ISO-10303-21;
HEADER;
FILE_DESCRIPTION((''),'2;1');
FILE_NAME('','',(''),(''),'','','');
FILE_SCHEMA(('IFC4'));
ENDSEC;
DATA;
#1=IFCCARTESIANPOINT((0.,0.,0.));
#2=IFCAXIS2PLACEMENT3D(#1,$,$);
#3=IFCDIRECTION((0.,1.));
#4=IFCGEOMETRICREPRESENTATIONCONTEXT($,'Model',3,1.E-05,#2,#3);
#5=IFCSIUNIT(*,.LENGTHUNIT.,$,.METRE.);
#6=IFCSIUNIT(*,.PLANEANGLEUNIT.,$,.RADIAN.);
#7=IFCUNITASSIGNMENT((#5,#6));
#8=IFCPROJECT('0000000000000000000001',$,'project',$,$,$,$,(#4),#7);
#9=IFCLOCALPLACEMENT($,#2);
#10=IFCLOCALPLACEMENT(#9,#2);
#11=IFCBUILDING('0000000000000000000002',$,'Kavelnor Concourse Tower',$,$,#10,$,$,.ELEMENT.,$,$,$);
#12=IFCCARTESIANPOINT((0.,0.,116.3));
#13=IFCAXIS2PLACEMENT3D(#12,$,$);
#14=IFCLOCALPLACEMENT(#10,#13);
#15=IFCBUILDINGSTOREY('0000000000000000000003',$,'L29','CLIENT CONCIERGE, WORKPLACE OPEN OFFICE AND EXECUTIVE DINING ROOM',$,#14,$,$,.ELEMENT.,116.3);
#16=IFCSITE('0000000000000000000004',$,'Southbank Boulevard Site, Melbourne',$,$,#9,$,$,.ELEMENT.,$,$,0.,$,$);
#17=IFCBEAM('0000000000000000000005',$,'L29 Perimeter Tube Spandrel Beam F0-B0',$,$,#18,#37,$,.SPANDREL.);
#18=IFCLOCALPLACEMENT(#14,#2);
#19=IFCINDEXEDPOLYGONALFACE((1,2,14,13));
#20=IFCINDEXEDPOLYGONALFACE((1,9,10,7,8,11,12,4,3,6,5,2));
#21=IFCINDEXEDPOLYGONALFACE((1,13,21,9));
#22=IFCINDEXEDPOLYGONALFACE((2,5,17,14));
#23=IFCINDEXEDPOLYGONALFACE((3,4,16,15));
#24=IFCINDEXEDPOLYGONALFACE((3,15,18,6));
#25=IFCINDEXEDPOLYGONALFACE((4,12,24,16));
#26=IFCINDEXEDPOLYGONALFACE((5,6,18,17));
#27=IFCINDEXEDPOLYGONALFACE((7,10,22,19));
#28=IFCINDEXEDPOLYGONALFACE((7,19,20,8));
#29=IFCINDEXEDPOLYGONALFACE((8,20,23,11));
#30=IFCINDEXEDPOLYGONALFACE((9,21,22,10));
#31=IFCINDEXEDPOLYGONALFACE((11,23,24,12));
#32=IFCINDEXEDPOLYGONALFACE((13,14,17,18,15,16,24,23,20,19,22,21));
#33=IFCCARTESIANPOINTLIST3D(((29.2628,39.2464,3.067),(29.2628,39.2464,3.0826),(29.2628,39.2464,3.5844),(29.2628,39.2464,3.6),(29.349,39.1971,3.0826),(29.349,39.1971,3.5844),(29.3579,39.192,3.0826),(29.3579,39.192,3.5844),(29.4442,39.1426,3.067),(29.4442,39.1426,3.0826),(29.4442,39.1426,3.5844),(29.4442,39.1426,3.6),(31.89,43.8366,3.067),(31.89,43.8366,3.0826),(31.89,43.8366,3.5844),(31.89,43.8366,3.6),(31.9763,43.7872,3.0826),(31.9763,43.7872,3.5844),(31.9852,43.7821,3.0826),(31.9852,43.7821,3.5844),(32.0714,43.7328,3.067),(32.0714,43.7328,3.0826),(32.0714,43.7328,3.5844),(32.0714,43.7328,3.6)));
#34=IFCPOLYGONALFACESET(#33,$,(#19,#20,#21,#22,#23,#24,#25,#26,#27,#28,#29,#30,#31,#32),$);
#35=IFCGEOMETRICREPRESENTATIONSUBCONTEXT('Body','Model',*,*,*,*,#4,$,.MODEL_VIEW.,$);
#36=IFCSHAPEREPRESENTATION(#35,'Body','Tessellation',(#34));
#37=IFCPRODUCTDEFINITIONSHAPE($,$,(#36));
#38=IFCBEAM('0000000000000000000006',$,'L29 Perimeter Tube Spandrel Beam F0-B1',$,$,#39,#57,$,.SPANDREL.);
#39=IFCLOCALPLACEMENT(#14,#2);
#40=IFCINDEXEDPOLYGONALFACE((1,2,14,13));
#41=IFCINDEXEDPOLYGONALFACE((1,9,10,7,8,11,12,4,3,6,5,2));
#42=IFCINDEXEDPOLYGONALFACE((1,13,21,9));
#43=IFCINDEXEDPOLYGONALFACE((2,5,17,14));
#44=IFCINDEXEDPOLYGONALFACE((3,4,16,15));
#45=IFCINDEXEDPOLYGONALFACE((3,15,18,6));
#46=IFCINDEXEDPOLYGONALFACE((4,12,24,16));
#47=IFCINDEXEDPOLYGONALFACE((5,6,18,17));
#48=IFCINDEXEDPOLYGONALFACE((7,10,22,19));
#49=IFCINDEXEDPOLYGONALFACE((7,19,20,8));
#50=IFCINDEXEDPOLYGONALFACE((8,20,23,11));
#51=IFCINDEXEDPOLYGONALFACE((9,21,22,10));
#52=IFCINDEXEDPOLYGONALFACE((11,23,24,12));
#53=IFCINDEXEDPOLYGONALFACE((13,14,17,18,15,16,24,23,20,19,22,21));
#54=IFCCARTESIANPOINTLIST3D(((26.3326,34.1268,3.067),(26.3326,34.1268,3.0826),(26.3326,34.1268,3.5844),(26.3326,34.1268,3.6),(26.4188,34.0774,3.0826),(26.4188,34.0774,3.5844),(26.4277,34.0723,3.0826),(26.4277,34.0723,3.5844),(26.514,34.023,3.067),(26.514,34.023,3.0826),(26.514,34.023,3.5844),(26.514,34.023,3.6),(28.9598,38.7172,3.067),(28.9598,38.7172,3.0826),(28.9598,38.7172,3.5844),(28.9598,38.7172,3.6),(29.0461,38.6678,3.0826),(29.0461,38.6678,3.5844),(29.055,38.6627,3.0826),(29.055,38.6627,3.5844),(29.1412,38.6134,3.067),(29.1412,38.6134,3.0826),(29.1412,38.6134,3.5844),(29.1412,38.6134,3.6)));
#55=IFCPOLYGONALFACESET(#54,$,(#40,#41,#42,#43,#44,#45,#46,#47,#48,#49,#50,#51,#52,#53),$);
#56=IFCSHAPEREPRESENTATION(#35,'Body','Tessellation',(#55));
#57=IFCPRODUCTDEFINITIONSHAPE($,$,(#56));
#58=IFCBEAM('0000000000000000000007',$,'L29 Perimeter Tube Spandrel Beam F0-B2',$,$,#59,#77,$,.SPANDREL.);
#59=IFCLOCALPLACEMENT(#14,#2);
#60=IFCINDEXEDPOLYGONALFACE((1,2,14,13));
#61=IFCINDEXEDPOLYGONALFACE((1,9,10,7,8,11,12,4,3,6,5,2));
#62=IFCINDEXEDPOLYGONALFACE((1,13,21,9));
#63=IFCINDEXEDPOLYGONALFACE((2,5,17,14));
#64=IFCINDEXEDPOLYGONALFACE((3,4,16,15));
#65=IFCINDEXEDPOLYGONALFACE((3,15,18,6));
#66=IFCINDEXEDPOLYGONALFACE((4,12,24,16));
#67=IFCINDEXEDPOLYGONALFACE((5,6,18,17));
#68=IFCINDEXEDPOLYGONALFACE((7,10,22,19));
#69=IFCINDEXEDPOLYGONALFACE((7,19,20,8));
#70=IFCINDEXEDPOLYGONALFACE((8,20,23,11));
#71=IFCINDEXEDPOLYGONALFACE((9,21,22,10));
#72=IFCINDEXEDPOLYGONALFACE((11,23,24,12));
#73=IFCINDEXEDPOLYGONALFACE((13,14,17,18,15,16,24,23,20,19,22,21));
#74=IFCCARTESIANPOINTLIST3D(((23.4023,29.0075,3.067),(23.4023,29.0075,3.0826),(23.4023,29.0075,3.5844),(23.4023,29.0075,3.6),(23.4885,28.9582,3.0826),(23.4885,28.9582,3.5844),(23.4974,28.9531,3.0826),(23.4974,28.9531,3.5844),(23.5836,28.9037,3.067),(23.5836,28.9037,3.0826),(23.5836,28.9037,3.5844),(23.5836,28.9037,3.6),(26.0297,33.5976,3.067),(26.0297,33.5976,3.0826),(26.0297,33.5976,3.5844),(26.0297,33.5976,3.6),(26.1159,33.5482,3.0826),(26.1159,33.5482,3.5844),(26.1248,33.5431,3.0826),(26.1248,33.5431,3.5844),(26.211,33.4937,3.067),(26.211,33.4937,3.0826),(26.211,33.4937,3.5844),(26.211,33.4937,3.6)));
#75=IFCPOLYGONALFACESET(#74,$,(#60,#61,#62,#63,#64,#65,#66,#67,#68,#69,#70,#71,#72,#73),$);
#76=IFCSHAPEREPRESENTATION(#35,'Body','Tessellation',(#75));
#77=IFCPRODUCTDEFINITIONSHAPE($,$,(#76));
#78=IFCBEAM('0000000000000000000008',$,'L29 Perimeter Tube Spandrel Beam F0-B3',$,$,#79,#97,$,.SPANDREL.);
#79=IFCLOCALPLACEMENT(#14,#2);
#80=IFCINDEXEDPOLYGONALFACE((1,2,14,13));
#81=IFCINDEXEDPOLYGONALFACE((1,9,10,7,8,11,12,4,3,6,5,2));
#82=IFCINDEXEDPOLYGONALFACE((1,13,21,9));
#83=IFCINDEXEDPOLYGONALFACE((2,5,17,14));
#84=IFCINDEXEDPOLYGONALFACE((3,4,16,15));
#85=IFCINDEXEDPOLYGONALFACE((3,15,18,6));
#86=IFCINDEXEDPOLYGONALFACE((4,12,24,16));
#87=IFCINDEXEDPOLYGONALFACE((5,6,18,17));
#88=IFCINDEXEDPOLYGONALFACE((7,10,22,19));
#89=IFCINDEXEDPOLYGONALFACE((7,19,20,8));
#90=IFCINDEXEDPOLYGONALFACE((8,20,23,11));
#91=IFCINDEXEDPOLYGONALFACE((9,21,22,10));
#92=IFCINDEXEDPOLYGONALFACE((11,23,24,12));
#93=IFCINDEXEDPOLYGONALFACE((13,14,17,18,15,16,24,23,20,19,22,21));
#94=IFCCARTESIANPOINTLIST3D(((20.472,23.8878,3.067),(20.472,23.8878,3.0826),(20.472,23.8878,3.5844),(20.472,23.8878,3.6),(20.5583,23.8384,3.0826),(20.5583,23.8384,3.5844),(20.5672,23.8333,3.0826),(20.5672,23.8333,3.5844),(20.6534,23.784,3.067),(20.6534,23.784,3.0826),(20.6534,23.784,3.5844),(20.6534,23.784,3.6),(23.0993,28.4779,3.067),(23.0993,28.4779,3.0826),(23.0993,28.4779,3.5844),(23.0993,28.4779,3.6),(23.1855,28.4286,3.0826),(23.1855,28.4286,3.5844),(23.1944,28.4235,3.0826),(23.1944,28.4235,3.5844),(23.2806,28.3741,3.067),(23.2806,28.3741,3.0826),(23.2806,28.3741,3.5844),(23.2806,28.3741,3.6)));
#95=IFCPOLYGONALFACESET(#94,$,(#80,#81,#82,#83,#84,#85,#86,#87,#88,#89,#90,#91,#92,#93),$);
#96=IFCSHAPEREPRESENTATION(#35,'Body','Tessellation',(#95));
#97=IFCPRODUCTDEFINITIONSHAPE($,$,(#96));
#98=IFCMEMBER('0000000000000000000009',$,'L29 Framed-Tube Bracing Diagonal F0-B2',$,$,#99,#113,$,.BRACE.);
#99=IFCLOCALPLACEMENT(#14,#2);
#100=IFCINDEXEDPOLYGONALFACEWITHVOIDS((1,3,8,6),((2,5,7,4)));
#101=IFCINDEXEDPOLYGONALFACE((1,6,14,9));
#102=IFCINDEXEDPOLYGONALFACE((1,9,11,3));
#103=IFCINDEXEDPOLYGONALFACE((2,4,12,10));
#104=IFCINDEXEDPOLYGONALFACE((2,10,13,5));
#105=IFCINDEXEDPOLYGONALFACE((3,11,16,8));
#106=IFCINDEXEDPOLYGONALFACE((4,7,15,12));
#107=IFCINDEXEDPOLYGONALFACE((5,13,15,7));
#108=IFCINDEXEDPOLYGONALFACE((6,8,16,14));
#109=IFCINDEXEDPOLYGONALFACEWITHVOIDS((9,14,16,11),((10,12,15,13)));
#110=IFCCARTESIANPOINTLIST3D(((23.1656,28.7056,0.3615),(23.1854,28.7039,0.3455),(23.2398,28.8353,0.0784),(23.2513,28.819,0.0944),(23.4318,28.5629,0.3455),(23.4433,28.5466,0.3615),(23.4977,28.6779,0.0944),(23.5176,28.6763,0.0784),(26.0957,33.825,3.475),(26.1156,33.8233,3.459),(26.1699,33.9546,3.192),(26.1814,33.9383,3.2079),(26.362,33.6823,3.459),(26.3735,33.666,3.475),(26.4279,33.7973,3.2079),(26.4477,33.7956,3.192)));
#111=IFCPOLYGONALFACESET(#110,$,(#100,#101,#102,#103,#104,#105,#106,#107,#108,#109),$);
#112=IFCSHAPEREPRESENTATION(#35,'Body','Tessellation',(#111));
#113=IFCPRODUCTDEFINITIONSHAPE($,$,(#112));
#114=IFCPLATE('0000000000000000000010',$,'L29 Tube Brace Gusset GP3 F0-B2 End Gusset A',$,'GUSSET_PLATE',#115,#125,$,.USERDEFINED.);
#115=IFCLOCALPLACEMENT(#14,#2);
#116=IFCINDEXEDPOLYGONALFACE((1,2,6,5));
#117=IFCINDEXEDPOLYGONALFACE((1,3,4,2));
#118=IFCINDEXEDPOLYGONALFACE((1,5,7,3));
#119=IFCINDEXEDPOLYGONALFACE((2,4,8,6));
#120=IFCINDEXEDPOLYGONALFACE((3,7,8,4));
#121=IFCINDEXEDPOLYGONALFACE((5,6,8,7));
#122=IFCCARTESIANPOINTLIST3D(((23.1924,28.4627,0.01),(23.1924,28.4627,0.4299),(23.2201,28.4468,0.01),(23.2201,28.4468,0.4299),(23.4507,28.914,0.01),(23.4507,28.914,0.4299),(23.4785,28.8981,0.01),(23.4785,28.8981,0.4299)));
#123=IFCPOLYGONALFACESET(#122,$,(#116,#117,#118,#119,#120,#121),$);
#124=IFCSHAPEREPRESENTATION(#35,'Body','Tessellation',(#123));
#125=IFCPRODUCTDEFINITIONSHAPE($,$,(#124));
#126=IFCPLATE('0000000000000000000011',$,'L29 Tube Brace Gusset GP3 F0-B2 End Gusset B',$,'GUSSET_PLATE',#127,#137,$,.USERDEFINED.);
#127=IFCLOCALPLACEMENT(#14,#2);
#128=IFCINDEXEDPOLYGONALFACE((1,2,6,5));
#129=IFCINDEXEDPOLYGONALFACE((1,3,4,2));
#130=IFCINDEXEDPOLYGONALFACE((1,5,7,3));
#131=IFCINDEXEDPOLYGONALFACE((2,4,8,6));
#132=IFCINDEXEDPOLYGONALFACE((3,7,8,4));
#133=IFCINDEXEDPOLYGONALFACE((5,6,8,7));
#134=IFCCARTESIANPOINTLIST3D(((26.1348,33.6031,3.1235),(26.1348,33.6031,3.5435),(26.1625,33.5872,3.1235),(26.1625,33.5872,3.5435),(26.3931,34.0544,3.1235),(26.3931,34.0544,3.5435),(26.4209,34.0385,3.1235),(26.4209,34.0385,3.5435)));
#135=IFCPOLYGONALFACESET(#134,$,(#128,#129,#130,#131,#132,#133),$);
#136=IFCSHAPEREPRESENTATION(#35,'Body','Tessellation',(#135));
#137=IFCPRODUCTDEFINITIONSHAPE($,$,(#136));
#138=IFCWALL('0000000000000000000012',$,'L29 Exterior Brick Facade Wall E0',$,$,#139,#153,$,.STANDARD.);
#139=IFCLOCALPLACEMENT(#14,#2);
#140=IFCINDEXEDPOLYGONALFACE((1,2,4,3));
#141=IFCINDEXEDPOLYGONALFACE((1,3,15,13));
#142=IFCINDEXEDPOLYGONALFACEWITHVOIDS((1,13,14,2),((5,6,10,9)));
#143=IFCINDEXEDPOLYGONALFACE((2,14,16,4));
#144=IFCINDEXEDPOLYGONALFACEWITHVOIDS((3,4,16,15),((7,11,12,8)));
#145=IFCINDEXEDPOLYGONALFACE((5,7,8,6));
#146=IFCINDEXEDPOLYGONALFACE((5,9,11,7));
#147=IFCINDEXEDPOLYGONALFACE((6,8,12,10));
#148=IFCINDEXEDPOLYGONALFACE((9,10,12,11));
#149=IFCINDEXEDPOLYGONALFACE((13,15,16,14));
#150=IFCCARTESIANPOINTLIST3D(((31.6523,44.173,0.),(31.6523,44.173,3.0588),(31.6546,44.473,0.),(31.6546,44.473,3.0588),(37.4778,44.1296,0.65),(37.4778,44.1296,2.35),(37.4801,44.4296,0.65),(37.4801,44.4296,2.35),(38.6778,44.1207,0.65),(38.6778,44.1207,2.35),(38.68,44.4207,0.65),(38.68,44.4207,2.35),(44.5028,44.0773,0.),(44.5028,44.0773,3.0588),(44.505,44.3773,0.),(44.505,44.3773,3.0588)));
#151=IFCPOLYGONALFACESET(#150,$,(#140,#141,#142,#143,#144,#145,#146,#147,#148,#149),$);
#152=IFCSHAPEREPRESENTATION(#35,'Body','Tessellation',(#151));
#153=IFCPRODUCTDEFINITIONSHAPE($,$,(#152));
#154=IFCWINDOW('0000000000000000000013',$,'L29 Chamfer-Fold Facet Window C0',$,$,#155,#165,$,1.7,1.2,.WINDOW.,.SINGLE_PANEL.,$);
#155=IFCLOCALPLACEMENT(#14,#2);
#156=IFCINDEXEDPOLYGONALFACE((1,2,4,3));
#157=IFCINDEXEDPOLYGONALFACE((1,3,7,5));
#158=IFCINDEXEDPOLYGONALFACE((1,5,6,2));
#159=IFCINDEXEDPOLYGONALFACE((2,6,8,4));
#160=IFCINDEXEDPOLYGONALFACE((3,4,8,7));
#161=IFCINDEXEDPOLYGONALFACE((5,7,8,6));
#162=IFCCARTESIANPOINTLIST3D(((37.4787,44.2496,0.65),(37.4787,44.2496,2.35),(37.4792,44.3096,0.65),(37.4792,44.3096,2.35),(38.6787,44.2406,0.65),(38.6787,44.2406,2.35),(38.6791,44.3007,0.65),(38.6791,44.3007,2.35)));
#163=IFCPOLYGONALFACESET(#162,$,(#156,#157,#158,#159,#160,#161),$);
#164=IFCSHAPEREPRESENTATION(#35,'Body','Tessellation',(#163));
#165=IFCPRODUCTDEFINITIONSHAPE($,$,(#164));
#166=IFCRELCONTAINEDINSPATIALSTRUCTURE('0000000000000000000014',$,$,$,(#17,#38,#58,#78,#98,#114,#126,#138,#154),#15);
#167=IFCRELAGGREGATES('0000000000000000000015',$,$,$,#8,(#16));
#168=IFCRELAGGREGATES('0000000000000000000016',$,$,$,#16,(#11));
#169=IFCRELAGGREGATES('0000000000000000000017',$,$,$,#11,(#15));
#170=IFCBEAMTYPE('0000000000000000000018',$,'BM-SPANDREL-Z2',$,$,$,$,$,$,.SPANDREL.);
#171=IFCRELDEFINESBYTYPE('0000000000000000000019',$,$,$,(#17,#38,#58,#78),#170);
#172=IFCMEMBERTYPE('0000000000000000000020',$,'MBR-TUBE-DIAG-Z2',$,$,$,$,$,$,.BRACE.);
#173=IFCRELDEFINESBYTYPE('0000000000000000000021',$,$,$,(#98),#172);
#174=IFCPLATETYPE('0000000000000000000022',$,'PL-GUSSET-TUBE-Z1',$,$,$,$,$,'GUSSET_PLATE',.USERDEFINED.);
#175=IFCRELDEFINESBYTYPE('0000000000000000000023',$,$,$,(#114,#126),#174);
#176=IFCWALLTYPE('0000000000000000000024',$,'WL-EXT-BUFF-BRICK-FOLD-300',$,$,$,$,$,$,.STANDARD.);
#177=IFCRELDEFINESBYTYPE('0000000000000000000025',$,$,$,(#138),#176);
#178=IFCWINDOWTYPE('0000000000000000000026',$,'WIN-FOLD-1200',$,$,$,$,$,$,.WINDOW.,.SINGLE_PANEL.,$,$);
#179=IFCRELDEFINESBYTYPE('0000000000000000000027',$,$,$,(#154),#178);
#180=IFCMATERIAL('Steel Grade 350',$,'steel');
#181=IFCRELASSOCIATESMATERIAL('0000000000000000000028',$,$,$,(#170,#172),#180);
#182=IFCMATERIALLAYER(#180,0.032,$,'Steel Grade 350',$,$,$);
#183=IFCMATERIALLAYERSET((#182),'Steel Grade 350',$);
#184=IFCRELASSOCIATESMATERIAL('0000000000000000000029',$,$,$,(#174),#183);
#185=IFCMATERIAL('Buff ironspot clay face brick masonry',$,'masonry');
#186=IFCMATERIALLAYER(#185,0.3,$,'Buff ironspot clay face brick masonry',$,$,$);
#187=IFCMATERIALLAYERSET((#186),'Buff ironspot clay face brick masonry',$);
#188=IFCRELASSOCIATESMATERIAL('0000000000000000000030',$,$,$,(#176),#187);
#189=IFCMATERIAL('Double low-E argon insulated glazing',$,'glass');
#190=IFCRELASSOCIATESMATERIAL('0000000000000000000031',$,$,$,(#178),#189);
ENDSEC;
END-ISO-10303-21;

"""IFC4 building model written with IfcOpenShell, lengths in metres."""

from ifc_helpers import new_model, si_unit, direction, frame, frame_2d, origin, origin_2d, place, context, subcontext, project, spatial, rectangle, hollow_rectangle, i_section, extrude, material, layer, layer_set, material_profile, profile_set, type_object, element, fill, save


model = new_model("IFC4")

# Units and contexts
model_context = context("Model", 3, precision=1e-05, world=origin(), true_north=direction((0.0, 1.0)))
body_context = subcontext(model_context, "Body", "Model", "MODEL_VIEW")
ifc_project = project(units=[si_unit("LENGTHUNIT", "METRE"), si_unit("PLANEANGLEUNIT", "RADIAN")], contexts=[model_context])

# Site, building, storey
site_placement = place(None, origin())
site = spatial("IfcSite", under=ifc_project, at=site_placement, Name="Southbank Boulevard Site, Melbourne", CompositionType="ELEMENT", RefElevation=0.0)
building_placement = place(site_placement, origin())
building = spatial("IfcBuilding", under=site, at=building_placement, Name="Kavelnor Concourse Tower", CompositionType="ELEMENT")
storey_placement = place(building_placement, frame((0.0, 0.0, 116.3)))
storey = spatial("IfcBuildingStorey", under=building, at=storey_placement, Name="L29", Description="CLIENT CONCIERGE, WORKPLACE OPEN OFFICE AND EXECUTIVE DINING ROOM", CompositionType="ELEMENT", Elevation=116.3)

# Shared definitions
ifc_material_1 = material(Name="Steel Grade 350", Category="steel")

# Beams
ifc_material_profile_1 = material_profile(ifc_material_1, i_section(OverallWidth=0.209, OverallDepth=0.533, WebThickness=0.0103, FlangeThickness=0.0156, at=origin_2d()), Name="530UB92")
ifc_profile_set_1 = profile_set([ifc_material_profile_1], Name="Steel Grade 350")
beam_type_1 = type_object("IfcBeamType", Name="BM-SPANDREL-Z2", PredefinedType="SPANDREL", material=ifc_profile_set_1)
beam_1_placement = place(storey_placement, frame((31.9807, 43.7847, 3.3335), z_axis=(-0.49675, -0.867894, 0.0), x_axis=(0.867894, -0.49675, 0.0)))
element("IfcBeam", 1, at=beam_1_placement, inside=storey, type_object=beam_type_1, Name="L29 Perimeter Tube Spandrel Beam F0-B0", PredefinedType="SPANDREL", context=body_context, shape_type="SweptSolid", body=[
    extrude(i_section(OverallWidth=0.209, OverallDepth=0.533, WebThickness=0.0103, FlangeThickness=0.0156, at=origin_2d()), origin(), (0.0, 0.0, 1.0), 5.2888),
])
beam_2_placement = place(storey_placement, frame((29.0505, 38.6653, 3.3335), z_axis=(-0.49673, -0.867905, 0.0), x_axis=(0.867905, -0.49673, 0.0)))
element("IfcBeam", 2, at=beam_2_placement, inside=storey, type_object=beam_type_1, Name="L29 Perimeter Tube Spandrel Beam F0-B1", PredefinedType="SPANDREL", context=body_context, shape_type="SweptSolid", body=[
    extrude(i_section(OverallWidth=0.209, OverallDepth=0.533, WebThickness=0.0103, FlangeThickness=0.0156, at=origin_2d()), origin(), (0.0, 0.0, 1.0), 5.2891),
])
for number, where, z_axis, x_axis, name in (
    (3, (26.1204, 33.5457, 3.3335), (-0.496785, -0.867874, 0.0), (0.867874, -0.496785, 0.0), "L29 Perimeter Tube Spandrel Beam F0-B2"),
    (4, (23.1899, 28.426, 3.3335), (-0.49675, -0.867894, 0.0), (0.867894, -0.49675, 0.0), "L29 Perimeter Tube Spandrel Beam F0-B3"),
):
    element("IfcBeam", number, at=place(storey_placement, frame(where, z_axis=z_axis, x_axis=x_axis)), inside=storey, type_object=beam_type_1, Name=name, PredefinedType="SPANDREL", context=body_context, shape_type="SweptSolid", body=[
        extrude(i_section(OverallWidth=0.209, OverallDepth=0.533, WebThickness=0.0103, FlangeThickness=0.0156, at=origin_2d()), origin(), (0.0, 0.0, 1.0), 5.2888),
    ])

# Member
ifc_material_profile_2 = material_profile(ifc_material_1, hollow_rectangle(XDim=0.3201, YDim=0.3201, WallThickness=0.0181, at=origin_2d()), Name="SHS 320x320x18")
ifc_profile_set_2 = profile_set([ifc_material_profile_2], Name="Steel Grade 350")
member_type = type_object("IfcMemberType", Name="MBR-TUBE-DIAG-Z2", PredefinedType="BRACE", material=ifc_profile_set_2)
member_placement = place(storey_placement, frame((23.3416, 28.6909, 0.22), z_axis=(0.439311, 0.767531, 0.4668), x_axis=(-0.867891, 0.496754, 0.0)))
element("IfcMember", 5, at=member_placement, inside=storey, type_object=member_type, Name="L29 Framed-Tube Bracing Diagonal F0-B2", PredefinedType="BRACE", context=body_context, shape_type="SweptSolid", body=[
    extrude(hollow_rectangle(XDim=0.3201, YDim=0.3201, WallThickness=0.0181, at=origin_2d()), origin(), (0.0, 0.0, 1.0), 6.6699),
])

# Plates
ifc_layer_1 = layer(ifc_material_1, 0.032, Name="Steel Grade 350")
ifc_layer_set_1 = layer_set([ifc_layer_1], Name="Steel Grade 350")
plate_type = type_object("IfcPlateType", Name="PL-GUSSET-TUBE-Z1", ElementType="GUSSET_PLATE", PredefinedType="USERDEFINED", material=ifc_layer_set_1)
for number, where, z_axis, x_axis, name in (
    (6, (23.3354, 28.6804, 0.01), (0.0, 0.0, 1.0), (0.496822, 0.867852, 0.0), "L29 Tube Brace Gusset GP3 F0-B2 End Gusset A"),
    (7, (26.2778, 33.8208, 3.1235), (0.0, 0.0, 1.0), (0.496822, 0.867852, 0.0), "L29 Tube Brace Gusset GP3 F0-B2 End Gusset B"),
):
    element("IfcPlate", number, at=place(storey_placement, frame(where, z_axis=z_axis, x_axis=x_axis)), inside=storey, type_object=plate_type, Name=name, ObjectType="GUSSET_PLATE", PredefinedType="USERDEFINED", context=body_context, shape_type="SweptSolid", body=[
        extrude(rectangle(XDim=0.52, YDim=0.032, at=origin_2d()), origin(), (0.0, 0.0, 1.0), 0.4199),
    ])

# Wall, opening, window
ifc_material_2 = material(Name="Buff ironspot clay face brick masonry", Category="masonry")
ifc_layer_2 = layer(ifc_material_2, 0.3, Name="Buff ironspot clay face brick masonry")
ifc_layer_set_2 = layer_set([ifc_layer_2], Name="Buff ironspot clay face brick masonry")
wall_type_1 = type_object("IfcWallType", Name="WL-EXT-BUFF-BRICK-FOLD-300", PredefinedType="STANDARD", material=ifc_layer_set_2)
wall_1_placement = place(storey_placement, frame((31.6536, 44.323, 0.0), z_axis=(0.0, 0.0, 1.0), x_axis=(0.999972, -0.007447, 0.0)))
wall_1 = element("IfcWall", 8, at=wall_1_placement, inside=storey, type_object=wall_type_1, Name="L29 Exterior Brick Facade Wall E0", PredefinedType="STANDARD", context=body_context, shape_type="SweptSolid", body=[
    extrude(rectangle(XDim=12.8508, YDim=0.3, at=frame_2d((6.4253, 0.0))), origin(), (0.0, 0.0, 1.0), 3.0588),
])
opening_1_placement = place(wall_1_placement, frame((5.8254, 0.0, 0.6499)))
opening_1 = element("IfcOpeningElement", 9, at=opening_1_placement, cuts=wall_1, PredefinedType="OPENING", context=body_context, shape_type="SweptSolid", body=[
    extrude(rectangle(XDim=1.2, YDim=1.7, at=frame_2d((0.6001, 0.8501))), frame((0.0, 0.1602, 0.0), z_axis=(0.0, -1.0, 0.0), x_axis=(1.0, 0.0, 0.0)), (0.0, 0.0, 1.0), 0.3201),
])
ifc_material_3 = material(Name="Double low-E argon insulated glazing", Category="glass")
window_type = type_object("IfcWindowType", Name="WIN-FOLD-1200", PartitioningType="SINGLE_PANEL", PredefinedType="WINDOW", material=ifc_material_3)
window_placement = place(opening_1_placement, origin())
window = element("IfcWindow", 10, at=window_placement, inside=storey, type_object=window_type, Name="L29 Chamfer-Fold Facet Window C0", OverallHeight=1.7, OverallWidth=1.2, PartitioningType="SINGLE_PANEL", PredefinedType="WINDOW", context=body_context, shape_type="SweptSolid", body=[
    extrude(rectangle(XDim=1.2, YDim=1.7, at=frame_2d((0.6001, 0.8501))), frame((0.0, 0.03, 0.0), z_axis=(0.0, -1.0, 0.0), x_axis=(1.0, 0.0, 0.0)), (0.0, 0.0, 1.0), 0.0601),
])
fill(opening_1, window)

save(model, "model.ifc")
